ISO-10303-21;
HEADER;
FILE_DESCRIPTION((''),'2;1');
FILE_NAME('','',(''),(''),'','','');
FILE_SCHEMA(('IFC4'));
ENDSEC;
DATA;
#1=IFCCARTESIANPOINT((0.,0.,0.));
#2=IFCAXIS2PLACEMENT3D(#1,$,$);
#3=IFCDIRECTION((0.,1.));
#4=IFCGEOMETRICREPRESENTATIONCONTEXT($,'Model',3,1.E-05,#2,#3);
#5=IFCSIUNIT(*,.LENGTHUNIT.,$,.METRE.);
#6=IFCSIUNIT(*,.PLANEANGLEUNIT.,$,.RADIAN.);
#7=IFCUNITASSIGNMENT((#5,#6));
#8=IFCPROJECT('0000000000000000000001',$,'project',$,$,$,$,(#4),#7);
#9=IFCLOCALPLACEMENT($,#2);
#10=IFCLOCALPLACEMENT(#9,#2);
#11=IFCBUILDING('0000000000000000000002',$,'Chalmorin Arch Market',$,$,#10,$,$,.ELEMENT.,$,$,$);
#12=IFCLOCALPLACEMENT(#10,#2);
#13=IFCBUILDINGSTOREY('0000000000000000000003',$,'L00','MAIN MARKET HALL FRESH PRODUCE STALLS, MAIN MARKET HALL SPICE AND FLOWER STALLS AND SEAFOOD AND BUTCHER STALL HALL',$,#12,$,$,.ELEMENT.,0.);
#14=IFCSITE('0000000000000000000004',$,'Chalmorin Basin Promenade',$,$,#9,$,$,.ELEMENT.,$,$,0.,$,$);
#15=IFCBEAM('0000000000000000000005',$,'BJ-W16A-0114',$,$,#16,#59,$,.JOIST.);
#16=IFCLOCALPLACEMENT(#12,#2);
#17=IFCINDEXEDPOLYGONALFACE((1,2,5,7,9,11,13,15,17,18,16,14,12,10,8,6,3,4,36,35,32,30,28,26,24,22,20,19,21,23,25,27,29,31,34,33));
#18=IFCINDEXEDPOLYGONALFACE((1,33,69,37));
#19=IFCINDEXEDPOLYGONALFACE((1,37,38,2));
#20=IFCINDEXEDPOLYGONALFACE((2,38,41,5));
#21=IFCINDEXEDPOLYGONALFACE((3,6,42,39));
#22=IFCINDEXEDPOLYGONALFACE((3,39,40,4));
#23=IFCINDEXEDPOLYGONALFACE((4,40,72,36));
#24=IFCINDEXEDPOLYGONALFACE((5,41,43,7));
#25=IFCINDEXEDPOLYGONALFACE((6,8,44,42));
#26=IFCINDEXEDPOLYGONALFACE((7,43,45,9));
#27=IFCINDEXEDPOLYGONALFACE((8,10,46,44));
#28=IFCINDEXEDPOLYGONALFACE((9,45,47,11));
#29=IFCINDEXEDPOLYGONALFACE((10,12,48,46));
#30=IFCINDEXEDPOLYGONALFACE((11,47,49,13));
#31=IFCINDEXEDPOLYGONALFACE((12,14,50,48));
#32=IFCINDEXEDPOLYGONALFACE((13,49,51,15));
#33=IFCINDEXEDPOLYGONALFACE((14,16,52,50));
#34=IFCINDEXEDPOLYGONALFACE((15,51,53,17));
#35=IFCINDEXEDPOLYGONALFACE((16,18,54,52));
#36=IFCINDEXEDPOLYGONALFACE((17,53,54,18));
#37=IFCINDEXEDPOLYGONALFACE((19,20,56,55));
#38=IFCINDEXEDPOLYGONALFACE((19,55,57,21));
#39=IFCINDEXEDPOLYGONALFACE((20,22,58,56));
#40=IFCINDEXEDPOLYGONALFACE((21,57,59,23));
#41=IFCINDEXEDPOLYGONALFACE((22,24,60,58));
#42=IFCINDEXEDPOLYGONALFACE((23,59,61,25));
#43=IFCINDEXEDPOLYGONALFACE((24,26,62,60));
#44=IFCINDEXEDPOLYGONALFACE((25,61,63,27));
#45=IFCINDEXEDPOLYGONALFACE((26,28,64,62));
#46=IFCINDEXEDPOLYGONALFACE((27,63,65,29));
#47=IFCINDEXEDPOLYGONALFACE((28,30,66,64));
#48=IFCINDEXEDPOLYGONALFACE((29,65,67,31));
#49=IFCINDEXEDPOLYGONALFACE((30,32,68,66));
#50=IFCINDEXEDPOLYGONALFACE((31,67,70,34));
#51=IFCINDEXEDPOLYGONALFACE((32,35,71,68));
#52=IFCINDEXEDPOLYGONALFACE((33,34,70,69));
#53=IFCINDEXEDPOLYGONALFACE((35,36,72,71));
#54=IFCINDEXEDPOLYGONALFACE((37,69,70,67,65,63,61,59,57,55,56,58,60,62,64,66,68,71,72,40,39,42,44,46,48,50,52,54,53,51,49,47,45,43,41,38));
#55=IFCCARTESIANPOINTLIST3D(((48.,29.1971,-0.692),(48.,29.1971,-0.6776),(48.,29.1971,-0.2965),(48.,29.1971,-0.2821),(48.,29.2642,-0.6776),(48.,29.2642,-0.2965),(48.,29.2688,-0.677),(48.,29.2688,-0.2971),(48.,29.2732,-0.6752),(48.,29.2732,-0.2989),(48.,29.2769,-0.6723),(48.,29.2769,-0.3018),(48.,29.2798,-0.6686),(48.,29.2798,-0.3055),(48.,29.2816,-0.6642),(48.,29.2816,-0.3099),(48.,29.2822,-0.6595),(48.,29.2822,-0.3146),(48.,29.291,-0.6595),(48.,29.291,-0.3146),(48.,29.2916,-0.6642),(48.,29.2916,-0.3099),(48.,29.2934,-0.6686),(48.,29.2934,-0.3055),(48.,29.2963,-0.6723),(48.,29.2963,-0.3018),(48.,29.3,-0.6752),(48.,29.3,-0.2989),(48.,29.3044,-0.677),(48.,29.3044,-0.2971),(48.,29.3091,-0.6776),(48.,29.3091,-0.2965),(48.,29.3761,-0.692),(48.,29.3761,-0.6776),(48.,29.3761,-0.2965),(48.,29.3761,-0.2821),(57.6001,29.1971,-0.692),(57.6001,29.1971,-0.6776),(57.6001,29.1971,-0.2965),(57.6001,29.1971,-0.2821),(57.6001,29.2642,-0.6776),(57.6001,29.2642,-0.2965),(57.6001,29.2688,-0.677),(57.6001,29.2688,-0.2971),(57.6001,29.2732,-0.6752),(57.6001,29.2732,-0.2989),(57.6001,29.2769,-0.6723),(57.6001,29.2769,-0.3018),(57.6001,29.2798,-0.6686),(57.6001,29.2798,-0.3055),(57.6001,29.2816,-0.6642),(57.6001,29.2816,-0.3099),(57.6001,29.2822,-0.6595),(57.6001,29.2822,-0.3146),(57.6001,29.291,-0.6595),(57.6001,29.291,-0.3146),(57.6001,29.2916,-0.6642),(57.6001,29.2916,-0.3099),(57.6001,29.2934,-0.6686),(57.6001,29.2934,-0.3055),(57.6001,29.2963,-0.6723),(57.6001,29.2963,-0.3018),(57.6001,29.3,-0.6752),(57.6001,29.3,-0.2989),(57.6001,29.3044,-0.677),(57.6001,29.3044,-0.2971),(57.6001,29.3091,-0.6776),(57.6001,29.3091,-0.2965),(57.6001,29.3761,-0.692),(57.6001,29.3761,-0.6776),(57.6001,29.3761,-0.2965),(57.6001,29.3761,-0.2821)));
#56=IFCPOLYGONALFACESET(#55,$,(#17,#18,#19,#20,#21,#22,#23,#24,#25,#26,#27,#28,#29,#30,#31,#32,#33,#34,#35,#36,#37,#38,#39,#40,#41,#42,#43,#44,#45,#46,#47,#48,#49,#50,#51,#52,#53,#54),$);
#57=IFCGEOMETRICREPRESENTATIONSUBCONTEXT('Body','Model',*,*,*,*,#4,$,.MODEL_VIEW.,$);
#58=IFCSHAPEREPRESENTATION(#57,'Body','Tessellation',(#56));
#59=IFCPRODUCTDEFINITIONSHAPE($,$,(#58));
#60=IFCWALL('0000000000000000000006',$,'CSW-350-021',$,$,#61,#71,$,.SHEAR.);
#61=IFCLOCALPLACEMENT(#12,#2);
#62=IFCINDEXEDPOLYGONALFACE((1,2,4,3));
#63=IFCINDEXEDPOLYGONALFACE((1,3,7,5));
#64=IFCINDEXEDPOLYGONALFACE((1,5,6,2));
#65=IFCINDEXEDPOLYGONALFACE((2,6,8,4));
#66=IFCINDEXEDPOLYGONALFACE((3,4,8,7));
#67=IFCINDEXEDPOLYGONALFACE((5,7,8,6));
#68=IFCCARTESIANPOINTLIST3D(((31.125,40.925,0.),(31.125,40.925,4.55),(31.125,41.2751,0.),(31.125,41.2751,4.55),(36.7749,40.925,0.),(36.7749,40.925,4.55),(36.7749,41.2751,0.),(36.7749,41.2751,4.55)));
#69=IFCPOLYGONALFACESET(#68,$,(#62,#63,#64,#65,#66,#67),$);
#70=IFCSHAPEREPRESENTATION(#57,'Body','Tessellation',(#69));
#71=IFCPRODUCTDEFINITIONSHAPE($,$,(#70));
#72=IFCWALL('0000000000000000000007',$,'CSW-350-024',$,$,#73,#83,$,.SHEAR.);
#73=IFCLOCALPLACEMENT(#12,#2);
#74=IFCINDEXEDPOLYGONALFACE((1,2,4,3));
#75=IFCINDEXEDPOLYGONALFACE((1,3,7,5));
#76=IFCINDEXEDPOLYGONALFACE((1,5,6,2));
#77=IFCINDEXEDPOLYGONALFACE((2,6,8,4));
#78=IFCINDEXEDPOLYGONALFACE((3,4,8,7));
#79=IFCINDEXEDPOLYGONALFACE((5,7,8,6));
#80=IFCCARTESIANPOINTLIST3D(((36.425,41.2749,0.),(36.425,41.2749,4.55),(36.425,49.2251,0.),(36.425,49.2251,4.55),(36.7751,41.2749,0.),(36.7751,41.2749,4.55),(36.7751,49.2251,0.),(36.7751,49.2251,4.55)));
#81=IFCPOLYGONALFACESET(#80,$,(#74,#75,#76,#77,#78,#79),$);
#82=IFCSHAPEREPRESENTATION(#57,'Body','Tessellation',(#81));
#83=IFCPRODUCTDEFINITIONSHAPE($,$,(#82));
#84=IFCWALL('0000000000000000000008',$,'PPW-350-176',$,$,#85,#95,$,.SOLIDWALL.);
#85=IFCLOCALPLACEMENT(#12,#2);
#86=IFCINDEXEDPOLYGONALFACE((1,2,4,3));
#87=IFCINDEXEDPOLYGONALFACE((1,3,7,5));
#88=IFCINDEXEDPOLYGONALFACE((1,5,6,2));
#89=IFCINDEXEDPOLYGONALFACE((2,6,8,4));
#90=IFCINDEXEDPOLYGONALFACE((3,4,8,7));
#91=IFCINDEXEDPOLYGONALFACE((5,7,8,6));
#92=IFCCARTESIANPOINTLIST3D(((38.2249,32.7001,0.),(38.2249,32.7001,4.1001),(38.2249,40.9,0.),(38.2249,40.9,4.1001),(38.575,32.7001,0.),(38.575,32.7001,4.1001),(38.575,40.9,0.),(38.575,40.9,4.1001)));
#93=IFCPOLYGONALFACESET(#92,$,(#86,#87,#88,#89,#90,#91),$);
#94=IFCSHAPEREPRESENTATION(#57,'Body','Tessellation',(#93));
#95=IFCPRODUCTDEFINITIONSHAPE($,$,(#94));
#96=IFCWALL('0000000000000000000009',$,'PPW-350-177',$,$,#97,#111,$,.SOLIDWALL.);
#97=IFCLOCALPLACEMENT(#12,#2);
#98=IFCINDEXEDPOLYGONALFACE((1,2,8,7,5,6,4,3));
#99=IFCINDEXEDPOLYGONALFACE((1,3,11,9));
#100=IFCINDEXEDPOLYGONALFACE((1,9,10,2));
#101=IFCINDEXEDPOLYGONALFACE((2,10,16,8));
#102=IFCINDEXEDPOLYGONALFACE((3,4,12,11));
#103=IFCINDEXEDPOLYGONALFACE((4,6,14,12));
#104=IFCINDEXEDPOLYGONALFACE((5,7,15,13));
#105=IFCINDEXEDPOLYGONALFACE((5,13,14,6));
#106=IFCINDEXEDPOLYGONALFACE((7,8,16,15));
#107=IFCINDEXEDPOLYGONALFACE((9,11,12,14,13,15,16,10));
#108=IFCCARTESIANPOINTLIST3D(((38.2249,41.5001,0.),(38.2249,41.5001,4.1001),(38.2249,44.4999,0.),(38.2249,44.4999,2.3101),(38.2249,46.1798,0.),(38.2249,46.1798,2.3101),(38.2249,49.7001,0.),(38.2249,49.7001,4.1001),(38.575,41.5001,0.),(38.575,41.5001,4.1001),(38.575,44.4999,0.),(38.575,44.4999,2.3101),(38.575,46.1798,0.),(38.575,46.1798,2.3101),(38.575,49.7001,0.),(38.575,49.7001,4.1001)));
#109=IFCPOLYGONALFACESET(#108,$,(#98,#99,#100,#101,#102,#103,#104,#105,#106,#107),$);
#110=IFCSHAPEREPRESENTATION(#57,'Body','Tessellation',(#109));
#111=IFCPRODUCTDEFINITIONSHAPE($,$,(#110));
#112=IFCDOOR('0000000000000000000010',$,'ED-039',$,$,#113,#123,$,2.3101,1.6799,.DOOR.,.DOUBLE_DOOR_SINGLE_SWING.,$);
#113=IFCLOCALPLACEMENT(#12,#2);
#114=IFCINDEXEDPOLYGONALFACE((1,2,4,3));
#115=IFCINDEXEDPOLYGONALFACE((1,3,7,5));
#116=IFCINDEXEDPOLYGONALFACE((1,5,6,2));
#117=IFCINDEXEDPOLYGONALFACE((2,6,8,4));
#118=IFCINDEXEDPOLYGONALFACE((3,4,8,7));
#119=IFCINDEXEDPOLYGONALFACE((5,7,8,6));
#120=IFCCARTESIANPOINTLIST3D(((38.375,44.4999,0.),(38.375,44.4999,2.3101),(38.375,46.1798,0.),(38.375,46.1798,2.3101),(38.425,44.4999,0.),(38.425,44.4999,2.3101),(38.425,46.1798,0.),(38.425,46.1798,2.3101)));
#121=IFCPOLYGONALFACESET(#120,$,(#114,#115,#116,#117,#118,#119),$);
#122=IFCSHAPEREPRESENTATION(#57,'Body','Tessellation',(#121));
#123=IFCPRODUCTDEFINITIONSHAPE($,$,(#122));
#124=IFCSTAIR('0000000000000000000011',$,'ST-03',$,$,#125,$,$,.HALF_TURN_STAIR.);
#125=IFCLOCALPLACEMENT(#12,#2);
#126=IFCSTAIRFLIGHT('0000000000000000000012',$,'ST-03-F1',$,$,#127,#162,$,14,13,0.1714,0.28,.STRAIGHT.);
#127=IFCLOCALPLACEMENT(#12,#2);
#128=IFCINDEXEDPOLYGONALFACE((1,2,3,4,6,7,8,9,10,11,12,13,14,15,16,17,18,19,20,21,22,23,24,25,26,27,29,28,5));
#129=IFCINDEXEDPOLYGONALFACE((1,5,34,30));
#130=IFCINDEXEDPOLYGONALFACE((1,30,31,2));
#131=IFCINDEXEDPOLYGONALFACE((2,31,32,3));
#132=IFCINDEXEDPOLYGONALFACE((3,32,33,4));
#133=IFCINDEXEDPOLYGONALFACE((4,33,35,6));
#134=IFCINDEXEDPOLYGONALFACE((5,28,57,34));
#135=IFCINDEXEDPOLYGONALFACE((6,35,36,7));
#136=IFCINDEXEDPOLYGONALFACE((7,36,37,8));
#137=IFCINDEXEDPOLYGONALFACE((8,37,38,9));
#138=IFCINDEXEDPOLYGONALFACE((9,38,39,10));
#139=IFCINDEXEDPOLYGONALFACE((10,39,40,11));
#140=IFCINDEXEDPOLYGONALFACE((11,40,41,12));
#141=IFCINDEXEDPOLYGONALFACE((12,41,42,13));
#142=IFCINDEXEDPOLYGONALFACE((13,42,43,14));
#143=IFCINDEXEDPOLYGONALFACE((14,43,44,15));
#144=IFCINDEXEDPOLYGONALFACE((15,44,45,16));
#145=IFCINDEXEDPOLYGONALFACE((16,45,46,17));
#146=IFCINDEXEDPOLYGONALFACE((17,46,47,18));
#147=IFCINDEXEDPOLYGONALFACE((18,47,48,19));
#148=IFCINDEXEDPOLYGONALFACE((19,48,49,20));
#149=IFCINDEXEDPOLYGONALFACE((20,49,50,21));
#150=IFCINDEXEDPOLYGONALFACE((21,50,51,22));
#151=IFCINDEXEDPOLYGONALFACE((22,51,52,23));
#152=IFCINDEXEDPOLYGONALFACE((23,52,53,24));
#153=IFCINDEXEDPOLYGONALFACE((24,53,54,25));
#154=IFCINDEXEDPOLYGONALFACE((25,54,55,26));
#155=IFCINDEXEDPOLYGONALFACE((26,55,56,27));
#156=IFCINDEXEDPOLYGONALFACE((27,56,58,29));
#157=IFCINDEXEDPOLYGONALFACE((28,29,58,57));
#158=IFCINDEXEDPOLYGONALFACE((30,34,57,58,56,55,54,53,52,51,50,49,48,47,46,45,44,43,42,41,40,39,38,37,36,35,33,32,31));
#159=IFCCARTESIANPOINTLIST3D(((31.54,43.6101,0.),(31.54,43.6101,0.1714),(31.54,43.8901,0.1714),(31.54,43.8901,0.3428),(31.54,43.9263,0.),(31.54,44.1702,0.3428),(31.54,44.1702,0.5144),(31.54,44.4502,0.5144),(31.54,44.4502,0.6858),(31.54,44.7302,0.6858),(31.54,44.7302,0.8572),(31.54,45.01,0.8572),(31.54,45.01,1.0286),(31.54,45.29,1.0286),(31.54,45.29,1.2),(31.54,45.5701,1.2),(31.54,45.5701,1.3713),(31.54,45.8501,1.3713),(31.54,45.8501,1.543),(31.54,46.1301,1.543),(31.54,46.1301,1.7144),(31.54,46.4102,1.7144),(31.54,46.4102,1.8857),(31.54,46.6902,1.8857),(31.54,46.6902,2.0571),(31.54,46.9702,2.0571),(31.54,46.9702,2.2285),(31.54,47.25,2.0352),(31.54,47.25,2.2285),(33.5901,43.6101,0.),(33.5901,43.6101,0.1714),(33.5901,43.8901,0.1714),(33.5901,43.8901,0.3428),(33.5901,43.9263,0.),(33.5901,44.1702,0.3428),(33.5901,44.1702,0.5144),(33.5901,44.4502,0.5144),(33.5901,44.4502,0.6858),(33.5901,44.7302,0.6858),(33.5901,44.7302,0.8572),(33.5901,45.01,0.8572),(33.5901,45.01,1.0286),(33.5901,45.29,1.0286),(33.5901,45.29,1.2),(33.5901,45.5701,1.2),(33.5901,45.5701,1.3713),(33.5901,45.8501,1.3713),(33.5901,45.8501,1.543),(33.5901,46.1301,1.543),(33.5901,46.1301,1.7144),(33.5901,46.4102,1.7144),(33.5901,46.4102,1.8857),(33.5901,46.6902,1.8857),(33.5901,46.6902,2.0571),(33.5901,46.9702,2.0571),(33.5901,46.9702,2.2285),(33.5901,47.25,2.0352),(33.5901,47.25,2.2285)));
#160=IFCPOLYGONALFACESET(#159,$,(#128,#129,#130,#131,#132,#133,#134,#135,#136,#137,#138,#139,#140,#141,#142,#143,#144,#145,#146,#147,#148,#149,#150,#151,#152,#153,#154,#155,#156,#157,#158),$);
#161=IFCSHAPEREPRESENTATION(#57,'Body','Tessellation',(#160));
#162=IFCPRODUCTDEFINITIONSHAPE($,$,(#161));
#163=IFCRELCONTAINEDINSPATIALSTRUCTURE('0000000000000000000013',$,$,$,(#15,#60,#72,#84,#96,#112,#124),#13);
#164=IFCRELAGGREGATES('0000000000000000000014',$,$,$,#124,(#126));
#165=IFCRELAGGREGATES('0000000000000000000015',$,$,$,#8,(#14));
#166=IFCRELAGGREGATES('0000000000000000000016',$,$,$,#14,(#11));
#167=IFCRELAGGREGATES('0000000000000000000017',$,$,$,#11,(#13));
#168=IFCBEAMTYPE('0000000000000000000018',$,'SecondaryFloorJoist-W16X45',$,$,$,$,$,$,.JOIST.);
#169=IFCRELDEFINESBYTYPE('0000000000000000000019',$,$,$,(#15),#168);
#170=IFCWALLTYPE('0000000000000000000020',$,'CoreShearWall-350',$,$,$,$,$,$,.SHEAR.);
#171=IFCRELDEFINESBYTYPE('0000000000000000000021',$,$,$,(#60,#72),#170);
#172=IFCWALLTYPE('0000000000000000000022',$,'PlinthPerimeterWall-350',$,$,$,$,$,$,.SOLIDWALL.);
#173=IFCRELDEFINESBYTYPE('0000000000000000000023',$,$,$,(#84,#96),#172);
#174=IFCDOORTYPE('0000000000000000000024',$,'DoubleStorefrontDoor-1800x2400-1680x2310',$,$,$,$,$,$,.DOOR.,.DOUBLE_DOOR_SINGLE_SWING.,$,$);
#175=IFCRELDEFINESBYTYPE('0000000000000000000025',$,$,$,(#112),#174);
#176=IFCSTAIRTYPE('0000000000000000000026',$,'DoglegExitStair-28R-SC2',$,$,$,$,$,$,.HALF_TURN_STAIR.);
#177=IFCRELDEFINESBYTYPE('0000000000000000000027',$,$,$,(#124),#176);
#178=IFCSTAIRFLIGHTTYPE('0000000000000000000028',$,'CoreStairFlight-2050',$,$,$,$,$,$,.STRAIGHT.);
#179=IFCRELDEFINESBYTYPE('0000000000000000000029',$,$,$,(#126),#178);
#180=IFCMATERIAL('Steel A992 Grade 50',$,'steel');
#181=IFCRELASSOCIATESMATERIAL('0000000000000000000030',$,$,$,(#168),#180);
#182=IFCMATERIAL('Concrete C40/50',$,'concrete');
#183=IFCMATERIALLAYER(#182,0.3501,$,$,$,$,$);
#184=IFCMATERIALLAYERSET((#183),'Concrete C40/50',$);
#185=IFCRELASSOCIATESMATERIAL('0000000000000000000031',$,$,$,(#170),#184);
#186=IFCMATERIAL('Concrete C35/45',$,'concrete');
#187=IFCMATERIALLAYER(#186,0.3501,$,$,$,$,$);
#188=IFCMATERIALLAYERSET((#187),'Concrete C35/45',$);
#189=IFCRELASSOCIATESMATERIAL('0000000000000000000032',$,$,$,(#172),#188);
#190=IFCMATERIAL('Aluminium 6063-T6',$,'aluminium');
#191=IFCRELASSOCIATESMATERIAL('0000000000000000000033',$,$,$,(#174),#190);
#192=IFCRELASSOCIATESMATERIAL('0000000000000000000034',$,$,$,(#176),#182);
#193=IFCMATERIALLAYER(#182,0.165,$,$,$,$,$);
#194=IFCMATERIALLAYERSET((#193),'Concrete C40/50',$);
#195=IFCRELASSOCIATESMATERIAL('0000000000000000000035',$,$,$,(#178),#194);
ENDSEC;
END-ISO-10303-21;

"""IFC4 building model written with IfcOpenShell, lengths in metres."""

from ifc_helpers import new_model, si_unit, direction, frame, frame_2d, origin, origin_2d, place, context, subcontext, project, spatial, polyline, rectangle, i_section, outline, extrude, material, layer, layer_set, material_profile, profile_set, type_object, element, fill, aggregate, save


model = new_model("IFC4")

# Units and contexts
model_context = context("Model", 3, precision=1e-05, world=origin(), true_north=direction((0.0, 1.0)))
body_context = subcontext(model_context, "Body", "Model", "MODEL_VIEW")
ifc_project = project(units=[si_unit("LENGTHUNIT", "METRE"), si_unit("PLANEANGLEUNIT", "RADIAN")], contexts=[model_context])

# Site, building, storey
site_placement = place(None, origin())
site = spatial("IfcSite", under=ifc_project, at=site_placement, Name="Chalmorin Basin Promenade", CompositionType="ELEMENT", RefElevation=0.0)
building_placement = place(site_placement, origin())
building = spatial("IfcBuilding", under=site, at=building_placement, Name="Chalmorin Arch Market", CompositionType="ELEMENT")
storey_placement = place(building_placement, origin())
storey = spatial("IfcBuildingStorey", under=building, at=storey_placement, Name="L00", Description="MAIN MARKET HALL FRESH PRODUCE STALLS, MAIN MARKET HALL SPICE AND FLOWER STALLS AND SEAFOOD AND BUTCHER STALL HALL", CompositionType="ELEMENT", Elevation=0.0)

# Shared definitions
ifc_material_1 = material(Name="Concrete C40/50", Category="concrete")
ifc_material_2 = material(Name="Steel A992 Grade 50", Category="steel")

# Beam
ifc_material_profile_1 = material_profile(ifc_material_2, i_section(OverallWidth=0.179, OverallDepth=0.4099, WebThickness=0.0088, FlangeThickness=0.0144, FilletRadius=0.0181, at=origin_2d()), Name="W16X45")
ifc_profile_set_1 = profile_set([ifc_material_profile_1], Name="Steel A992 Grade 50")
beam_type_1 = type_object("IfcBeamType", Name="SecondaryFloorJoist-W16X45", PredefinedType="JOIST", material=ifc_profile_set_1)
beam_1_placement = place(storey_placement, frame((48.0, 29.2866, -0.4871), z_axis=(1.0, 0.0, 0.0), x_axis=(0.0, 1.0, 0.0)))
element("IfcBeam", 1, at=beam_1_placement, inside=storey, type_object=beam_type_1, Name="BJ-W16A-0114", PredefinedType="JOIST", context=body_context, shape_type="SweptSolid", body=[
    extrude(i_section(OverallWidth=0.179, OverallDepth=0.4099, WebThickness=0.0088, FlangeThickness=0.0144, FilletRadius=0.0181, at=origin_2d()), origin(), (0.0, 0.0, 1.0), 9.6001),
])

# Walls
ifc_layer_1 = layer(ifc_material_1, 0.3501)
ifc_layer_set_1 = layer_set([ifc_layer_1], Name="Concrete C40/50")
wall_type_1 = type_object("IfcWallType", Name="CoreShearWall-350", PredefinedType="SHEAR", material=ifc_layer_set_1)
wall_1_placement = place(storey_placement, frame((36.7749, 41.1001, 0.0), z_axis=(0.0, 0.0, 1.0), x_axis=(-1.0, 0.0, 0.0)))
element("IfcWall", 2, at=wall_1_placement, inside=storey, type_object=wall_type_1, Name="CSW-350-021", PredefinedType="SHEAR", context=body_context, shape_type="SweptSolid", body=[
    extrude(rectangle(XDim=5.6499, YDim=0.3501, at=frame_2d((2.825, 0.0))), origin(), (0.0, 0.0, 1.0), 4.55),
])
wall_2_placement = place(storey_placement, frame((36.6001, 49.2251, 0.0), z_axis=(0.0, 0.0, 1.0), x_axis=(0.0, -1.0, 0.0)))
element("IfcWall", 3, at=wall_2_placement, inside=storey, type_object=wall_type_1, Name="CSW-350-024", PredefinedType="SHEAR", context=body_context, shape_type="SweptSolid", body=[
    extrude(rectangle(XDim=7.9502, YDim=0.3501, at=frame_2d((3.9751, 0.0))), origin(), (0.0, 0.0, 1.0), 4.55),
])
ifc_material_3 = material(Name="Concrete C35/45", Category="concrete")
ifc_layer_2 = layer(ifc_material_3, 0.3501)
ifc_layer_set_2 = layer_set([ifc_layer_2], Name="Concrete C35/45")
wall_type_2 = type_object("IfcWallType", Name="PlinthPerimeterWall-350", PredefinedType="SOLIDWALL", material=ifc_layer_set_2)
wall_3_placement = place(storey_placement, frame((38.3999, 32.7, 0.0), z_axis=(0.0, 0.0, 1.0), x_axis=(0.0, 1.0, 0.0)))
element("IfcWall", 4, at=wall_3_placement, inside=storey, type_object=wall_type_2, Name="PPW-350-176", PredefinedType="SOLIDWALL", context=body_context, shape_type="SweptSolid", body=[
    extrude(rectangle(XDim=8.2, YDim=0.3501, at=frame_2d((4.1001, 0.0))), origin(), (0.0, 0.0, 1.0), 4.1001),
])

# Wall, opening, door
wall_4_placement = place(storey_placement, frame((38.3999, 41.5, 0.0), z_axis=(0.0, 0.0, 1.0), x_axis=(0.0, 1.0, 0.0)))
wall_4 = element("IfcWall", 5, at=wall_4_placement, inside=storey, type_object=wall_type_2, Name="PPW-350-177", PredefinedType="SOLIDWALL", context=body_context, shape_type="SweptSolid", body=[
    extrude(rectangle(XDim=8.2, YDim=0.3501, at=frame_2d((4.1001, 0.0))), origin(), (0.0, 0.0, 1.0), 4.1001),
])
opening_placement = place(wall_4_placement, frame((3.0, 0.0, 0.0)))
opening = element("IfcOpeningElement", 6, at=opening_placement, cuts=wall_4, PredefinedType="OPENING", context=body_context, shape_type="SweptSolid", body=[
    extrude(rectangle(XDim=1.6799, YDim=2.3101, at=frame_2d((0.8398, 1.155))), frame((0.0, 0.1851, 0.0), z_axis=(0.0, -1.0, 0.0), x_axis=(1.0, 0.0, 0.0)), (0.0, 0.0, 1.0), 0.3701),
])
ifc_material_4 = material(Name="Aluminium 6063-T6", Category="aluminium")
door_type = type_object("IfcDoorType", Name="DoubleStorefrontDoor-1800x2400-1680x2310", OperationType="DOUBLE_DOOR_SINGLE_SWING", PredefinedType="DOOR", material=ifc_material_4)
door_placement = place(opening_placement, origin())
door = element("IfcDoor", 7, at=door_placement, inside=storey, type_object=door_type, Name="ED-039", OperationType="DOUBLE_DOOR_SINGLE_SWING", OverallHeight=2.3101, OverallWidth=1.6799, PredefinedType="DOOR", context=body_context, shape_type="SweptSolid", body=[
    extrude(rectangle(XDim=1.6799, YDim=2.3101, at=frame_2d((0.8398, 1.155))), frame((0.0, 0.0249, 0.0), z_axis=(0.0, -1.0, 0.0), x_axis=(1.0, 0.0, 0.0)), (0.0, 0.0, 1.0), 0.05),
])
fill(opening, door)

# Stair, stair flight
stair_type = type_object("IfcStairType", Name="DoglegExitStair-28R-SC2", PredefinedType="HALF_TURN_STAIR", material=ifc_material_1)
stair_placement = place(storey_placement, origin())
stair = element("IfcStair", 8, at=stair_placement, inside=storey, type_object=stair_type, Name="ST-03", PredefinedType="HALF_TURN_STAIR")
ifc_layer_3 = layer(ifc_material_1, 0.165)
ifc_layer_set_3 = layer_set([ifc_layer_3], Name="Concrete C40/50")
stair_flight_type = type_object("IfcStairFlightType", Name="CoreStairFlight-2050", PredefinedType="STRAIGHT", material=ifc_layer_set_3)
stair_flight_1_placement = place(storey_placement, frame((32.5649, 43.6101, 0.0), z_axis=(0.0, 0.0, 1.0), x_axis=(0.0, 1.0, 0.0)))
stair_flight_1 = element("IfcStairFlight", 9, at=stair_flight_1_placement, type_object=stair_flight_type, Name="ST-03-F1", NumberOfRisers=14, NumberOfTreads=13, PredefinedType="STRAIGHT", RiserHeight=0.1714, TreadLength=0.28, context=body_context, shape_type="SweptSolid", body=[
    extrude(outline(polyline([(0.0, 0.0), (0.0, 0.1714), (0.28, 0.1714), (0.28, 0.3428), (0.5601, 0.3428), (0.5601, 0.5144), (0.8401, 0.5144), (0.8401, 0.6858), (1.1201, 0.6858), (1.1201, 0.8572), (1.3999, 0.8572), (1.3999, 1.0286), (1.6799, 1.0286), (1.6799, 1.2), (1.96, 1.2), (1.96, 1.3713), (2.24, 1.3713), (2.24, 1.543), (2.52, 1.543), (2.52, 1.7144), (2.8, 1.7144), (2.8, 1.8857), (3.0801, 1.8857), (3.0801, 2.0571), (3.3601, 2.0571), (3.3601, 2.2285), (3.6399, 2.2285), (3.6399, 2.3999), (3.6399, 2.0352), (0.3162, 0.0), (0.0, 0.0)])), frame((0.0, 1.0249, 0.0), z_axis=(0.0, -1.0, 0.0), x_axis=(1.0, 0.0, 0.0)), (0.0, 0.0, 1.0), 2.05),
])
aggregate(stair, [stair_flight_1])

save(model, "model.ifc")
